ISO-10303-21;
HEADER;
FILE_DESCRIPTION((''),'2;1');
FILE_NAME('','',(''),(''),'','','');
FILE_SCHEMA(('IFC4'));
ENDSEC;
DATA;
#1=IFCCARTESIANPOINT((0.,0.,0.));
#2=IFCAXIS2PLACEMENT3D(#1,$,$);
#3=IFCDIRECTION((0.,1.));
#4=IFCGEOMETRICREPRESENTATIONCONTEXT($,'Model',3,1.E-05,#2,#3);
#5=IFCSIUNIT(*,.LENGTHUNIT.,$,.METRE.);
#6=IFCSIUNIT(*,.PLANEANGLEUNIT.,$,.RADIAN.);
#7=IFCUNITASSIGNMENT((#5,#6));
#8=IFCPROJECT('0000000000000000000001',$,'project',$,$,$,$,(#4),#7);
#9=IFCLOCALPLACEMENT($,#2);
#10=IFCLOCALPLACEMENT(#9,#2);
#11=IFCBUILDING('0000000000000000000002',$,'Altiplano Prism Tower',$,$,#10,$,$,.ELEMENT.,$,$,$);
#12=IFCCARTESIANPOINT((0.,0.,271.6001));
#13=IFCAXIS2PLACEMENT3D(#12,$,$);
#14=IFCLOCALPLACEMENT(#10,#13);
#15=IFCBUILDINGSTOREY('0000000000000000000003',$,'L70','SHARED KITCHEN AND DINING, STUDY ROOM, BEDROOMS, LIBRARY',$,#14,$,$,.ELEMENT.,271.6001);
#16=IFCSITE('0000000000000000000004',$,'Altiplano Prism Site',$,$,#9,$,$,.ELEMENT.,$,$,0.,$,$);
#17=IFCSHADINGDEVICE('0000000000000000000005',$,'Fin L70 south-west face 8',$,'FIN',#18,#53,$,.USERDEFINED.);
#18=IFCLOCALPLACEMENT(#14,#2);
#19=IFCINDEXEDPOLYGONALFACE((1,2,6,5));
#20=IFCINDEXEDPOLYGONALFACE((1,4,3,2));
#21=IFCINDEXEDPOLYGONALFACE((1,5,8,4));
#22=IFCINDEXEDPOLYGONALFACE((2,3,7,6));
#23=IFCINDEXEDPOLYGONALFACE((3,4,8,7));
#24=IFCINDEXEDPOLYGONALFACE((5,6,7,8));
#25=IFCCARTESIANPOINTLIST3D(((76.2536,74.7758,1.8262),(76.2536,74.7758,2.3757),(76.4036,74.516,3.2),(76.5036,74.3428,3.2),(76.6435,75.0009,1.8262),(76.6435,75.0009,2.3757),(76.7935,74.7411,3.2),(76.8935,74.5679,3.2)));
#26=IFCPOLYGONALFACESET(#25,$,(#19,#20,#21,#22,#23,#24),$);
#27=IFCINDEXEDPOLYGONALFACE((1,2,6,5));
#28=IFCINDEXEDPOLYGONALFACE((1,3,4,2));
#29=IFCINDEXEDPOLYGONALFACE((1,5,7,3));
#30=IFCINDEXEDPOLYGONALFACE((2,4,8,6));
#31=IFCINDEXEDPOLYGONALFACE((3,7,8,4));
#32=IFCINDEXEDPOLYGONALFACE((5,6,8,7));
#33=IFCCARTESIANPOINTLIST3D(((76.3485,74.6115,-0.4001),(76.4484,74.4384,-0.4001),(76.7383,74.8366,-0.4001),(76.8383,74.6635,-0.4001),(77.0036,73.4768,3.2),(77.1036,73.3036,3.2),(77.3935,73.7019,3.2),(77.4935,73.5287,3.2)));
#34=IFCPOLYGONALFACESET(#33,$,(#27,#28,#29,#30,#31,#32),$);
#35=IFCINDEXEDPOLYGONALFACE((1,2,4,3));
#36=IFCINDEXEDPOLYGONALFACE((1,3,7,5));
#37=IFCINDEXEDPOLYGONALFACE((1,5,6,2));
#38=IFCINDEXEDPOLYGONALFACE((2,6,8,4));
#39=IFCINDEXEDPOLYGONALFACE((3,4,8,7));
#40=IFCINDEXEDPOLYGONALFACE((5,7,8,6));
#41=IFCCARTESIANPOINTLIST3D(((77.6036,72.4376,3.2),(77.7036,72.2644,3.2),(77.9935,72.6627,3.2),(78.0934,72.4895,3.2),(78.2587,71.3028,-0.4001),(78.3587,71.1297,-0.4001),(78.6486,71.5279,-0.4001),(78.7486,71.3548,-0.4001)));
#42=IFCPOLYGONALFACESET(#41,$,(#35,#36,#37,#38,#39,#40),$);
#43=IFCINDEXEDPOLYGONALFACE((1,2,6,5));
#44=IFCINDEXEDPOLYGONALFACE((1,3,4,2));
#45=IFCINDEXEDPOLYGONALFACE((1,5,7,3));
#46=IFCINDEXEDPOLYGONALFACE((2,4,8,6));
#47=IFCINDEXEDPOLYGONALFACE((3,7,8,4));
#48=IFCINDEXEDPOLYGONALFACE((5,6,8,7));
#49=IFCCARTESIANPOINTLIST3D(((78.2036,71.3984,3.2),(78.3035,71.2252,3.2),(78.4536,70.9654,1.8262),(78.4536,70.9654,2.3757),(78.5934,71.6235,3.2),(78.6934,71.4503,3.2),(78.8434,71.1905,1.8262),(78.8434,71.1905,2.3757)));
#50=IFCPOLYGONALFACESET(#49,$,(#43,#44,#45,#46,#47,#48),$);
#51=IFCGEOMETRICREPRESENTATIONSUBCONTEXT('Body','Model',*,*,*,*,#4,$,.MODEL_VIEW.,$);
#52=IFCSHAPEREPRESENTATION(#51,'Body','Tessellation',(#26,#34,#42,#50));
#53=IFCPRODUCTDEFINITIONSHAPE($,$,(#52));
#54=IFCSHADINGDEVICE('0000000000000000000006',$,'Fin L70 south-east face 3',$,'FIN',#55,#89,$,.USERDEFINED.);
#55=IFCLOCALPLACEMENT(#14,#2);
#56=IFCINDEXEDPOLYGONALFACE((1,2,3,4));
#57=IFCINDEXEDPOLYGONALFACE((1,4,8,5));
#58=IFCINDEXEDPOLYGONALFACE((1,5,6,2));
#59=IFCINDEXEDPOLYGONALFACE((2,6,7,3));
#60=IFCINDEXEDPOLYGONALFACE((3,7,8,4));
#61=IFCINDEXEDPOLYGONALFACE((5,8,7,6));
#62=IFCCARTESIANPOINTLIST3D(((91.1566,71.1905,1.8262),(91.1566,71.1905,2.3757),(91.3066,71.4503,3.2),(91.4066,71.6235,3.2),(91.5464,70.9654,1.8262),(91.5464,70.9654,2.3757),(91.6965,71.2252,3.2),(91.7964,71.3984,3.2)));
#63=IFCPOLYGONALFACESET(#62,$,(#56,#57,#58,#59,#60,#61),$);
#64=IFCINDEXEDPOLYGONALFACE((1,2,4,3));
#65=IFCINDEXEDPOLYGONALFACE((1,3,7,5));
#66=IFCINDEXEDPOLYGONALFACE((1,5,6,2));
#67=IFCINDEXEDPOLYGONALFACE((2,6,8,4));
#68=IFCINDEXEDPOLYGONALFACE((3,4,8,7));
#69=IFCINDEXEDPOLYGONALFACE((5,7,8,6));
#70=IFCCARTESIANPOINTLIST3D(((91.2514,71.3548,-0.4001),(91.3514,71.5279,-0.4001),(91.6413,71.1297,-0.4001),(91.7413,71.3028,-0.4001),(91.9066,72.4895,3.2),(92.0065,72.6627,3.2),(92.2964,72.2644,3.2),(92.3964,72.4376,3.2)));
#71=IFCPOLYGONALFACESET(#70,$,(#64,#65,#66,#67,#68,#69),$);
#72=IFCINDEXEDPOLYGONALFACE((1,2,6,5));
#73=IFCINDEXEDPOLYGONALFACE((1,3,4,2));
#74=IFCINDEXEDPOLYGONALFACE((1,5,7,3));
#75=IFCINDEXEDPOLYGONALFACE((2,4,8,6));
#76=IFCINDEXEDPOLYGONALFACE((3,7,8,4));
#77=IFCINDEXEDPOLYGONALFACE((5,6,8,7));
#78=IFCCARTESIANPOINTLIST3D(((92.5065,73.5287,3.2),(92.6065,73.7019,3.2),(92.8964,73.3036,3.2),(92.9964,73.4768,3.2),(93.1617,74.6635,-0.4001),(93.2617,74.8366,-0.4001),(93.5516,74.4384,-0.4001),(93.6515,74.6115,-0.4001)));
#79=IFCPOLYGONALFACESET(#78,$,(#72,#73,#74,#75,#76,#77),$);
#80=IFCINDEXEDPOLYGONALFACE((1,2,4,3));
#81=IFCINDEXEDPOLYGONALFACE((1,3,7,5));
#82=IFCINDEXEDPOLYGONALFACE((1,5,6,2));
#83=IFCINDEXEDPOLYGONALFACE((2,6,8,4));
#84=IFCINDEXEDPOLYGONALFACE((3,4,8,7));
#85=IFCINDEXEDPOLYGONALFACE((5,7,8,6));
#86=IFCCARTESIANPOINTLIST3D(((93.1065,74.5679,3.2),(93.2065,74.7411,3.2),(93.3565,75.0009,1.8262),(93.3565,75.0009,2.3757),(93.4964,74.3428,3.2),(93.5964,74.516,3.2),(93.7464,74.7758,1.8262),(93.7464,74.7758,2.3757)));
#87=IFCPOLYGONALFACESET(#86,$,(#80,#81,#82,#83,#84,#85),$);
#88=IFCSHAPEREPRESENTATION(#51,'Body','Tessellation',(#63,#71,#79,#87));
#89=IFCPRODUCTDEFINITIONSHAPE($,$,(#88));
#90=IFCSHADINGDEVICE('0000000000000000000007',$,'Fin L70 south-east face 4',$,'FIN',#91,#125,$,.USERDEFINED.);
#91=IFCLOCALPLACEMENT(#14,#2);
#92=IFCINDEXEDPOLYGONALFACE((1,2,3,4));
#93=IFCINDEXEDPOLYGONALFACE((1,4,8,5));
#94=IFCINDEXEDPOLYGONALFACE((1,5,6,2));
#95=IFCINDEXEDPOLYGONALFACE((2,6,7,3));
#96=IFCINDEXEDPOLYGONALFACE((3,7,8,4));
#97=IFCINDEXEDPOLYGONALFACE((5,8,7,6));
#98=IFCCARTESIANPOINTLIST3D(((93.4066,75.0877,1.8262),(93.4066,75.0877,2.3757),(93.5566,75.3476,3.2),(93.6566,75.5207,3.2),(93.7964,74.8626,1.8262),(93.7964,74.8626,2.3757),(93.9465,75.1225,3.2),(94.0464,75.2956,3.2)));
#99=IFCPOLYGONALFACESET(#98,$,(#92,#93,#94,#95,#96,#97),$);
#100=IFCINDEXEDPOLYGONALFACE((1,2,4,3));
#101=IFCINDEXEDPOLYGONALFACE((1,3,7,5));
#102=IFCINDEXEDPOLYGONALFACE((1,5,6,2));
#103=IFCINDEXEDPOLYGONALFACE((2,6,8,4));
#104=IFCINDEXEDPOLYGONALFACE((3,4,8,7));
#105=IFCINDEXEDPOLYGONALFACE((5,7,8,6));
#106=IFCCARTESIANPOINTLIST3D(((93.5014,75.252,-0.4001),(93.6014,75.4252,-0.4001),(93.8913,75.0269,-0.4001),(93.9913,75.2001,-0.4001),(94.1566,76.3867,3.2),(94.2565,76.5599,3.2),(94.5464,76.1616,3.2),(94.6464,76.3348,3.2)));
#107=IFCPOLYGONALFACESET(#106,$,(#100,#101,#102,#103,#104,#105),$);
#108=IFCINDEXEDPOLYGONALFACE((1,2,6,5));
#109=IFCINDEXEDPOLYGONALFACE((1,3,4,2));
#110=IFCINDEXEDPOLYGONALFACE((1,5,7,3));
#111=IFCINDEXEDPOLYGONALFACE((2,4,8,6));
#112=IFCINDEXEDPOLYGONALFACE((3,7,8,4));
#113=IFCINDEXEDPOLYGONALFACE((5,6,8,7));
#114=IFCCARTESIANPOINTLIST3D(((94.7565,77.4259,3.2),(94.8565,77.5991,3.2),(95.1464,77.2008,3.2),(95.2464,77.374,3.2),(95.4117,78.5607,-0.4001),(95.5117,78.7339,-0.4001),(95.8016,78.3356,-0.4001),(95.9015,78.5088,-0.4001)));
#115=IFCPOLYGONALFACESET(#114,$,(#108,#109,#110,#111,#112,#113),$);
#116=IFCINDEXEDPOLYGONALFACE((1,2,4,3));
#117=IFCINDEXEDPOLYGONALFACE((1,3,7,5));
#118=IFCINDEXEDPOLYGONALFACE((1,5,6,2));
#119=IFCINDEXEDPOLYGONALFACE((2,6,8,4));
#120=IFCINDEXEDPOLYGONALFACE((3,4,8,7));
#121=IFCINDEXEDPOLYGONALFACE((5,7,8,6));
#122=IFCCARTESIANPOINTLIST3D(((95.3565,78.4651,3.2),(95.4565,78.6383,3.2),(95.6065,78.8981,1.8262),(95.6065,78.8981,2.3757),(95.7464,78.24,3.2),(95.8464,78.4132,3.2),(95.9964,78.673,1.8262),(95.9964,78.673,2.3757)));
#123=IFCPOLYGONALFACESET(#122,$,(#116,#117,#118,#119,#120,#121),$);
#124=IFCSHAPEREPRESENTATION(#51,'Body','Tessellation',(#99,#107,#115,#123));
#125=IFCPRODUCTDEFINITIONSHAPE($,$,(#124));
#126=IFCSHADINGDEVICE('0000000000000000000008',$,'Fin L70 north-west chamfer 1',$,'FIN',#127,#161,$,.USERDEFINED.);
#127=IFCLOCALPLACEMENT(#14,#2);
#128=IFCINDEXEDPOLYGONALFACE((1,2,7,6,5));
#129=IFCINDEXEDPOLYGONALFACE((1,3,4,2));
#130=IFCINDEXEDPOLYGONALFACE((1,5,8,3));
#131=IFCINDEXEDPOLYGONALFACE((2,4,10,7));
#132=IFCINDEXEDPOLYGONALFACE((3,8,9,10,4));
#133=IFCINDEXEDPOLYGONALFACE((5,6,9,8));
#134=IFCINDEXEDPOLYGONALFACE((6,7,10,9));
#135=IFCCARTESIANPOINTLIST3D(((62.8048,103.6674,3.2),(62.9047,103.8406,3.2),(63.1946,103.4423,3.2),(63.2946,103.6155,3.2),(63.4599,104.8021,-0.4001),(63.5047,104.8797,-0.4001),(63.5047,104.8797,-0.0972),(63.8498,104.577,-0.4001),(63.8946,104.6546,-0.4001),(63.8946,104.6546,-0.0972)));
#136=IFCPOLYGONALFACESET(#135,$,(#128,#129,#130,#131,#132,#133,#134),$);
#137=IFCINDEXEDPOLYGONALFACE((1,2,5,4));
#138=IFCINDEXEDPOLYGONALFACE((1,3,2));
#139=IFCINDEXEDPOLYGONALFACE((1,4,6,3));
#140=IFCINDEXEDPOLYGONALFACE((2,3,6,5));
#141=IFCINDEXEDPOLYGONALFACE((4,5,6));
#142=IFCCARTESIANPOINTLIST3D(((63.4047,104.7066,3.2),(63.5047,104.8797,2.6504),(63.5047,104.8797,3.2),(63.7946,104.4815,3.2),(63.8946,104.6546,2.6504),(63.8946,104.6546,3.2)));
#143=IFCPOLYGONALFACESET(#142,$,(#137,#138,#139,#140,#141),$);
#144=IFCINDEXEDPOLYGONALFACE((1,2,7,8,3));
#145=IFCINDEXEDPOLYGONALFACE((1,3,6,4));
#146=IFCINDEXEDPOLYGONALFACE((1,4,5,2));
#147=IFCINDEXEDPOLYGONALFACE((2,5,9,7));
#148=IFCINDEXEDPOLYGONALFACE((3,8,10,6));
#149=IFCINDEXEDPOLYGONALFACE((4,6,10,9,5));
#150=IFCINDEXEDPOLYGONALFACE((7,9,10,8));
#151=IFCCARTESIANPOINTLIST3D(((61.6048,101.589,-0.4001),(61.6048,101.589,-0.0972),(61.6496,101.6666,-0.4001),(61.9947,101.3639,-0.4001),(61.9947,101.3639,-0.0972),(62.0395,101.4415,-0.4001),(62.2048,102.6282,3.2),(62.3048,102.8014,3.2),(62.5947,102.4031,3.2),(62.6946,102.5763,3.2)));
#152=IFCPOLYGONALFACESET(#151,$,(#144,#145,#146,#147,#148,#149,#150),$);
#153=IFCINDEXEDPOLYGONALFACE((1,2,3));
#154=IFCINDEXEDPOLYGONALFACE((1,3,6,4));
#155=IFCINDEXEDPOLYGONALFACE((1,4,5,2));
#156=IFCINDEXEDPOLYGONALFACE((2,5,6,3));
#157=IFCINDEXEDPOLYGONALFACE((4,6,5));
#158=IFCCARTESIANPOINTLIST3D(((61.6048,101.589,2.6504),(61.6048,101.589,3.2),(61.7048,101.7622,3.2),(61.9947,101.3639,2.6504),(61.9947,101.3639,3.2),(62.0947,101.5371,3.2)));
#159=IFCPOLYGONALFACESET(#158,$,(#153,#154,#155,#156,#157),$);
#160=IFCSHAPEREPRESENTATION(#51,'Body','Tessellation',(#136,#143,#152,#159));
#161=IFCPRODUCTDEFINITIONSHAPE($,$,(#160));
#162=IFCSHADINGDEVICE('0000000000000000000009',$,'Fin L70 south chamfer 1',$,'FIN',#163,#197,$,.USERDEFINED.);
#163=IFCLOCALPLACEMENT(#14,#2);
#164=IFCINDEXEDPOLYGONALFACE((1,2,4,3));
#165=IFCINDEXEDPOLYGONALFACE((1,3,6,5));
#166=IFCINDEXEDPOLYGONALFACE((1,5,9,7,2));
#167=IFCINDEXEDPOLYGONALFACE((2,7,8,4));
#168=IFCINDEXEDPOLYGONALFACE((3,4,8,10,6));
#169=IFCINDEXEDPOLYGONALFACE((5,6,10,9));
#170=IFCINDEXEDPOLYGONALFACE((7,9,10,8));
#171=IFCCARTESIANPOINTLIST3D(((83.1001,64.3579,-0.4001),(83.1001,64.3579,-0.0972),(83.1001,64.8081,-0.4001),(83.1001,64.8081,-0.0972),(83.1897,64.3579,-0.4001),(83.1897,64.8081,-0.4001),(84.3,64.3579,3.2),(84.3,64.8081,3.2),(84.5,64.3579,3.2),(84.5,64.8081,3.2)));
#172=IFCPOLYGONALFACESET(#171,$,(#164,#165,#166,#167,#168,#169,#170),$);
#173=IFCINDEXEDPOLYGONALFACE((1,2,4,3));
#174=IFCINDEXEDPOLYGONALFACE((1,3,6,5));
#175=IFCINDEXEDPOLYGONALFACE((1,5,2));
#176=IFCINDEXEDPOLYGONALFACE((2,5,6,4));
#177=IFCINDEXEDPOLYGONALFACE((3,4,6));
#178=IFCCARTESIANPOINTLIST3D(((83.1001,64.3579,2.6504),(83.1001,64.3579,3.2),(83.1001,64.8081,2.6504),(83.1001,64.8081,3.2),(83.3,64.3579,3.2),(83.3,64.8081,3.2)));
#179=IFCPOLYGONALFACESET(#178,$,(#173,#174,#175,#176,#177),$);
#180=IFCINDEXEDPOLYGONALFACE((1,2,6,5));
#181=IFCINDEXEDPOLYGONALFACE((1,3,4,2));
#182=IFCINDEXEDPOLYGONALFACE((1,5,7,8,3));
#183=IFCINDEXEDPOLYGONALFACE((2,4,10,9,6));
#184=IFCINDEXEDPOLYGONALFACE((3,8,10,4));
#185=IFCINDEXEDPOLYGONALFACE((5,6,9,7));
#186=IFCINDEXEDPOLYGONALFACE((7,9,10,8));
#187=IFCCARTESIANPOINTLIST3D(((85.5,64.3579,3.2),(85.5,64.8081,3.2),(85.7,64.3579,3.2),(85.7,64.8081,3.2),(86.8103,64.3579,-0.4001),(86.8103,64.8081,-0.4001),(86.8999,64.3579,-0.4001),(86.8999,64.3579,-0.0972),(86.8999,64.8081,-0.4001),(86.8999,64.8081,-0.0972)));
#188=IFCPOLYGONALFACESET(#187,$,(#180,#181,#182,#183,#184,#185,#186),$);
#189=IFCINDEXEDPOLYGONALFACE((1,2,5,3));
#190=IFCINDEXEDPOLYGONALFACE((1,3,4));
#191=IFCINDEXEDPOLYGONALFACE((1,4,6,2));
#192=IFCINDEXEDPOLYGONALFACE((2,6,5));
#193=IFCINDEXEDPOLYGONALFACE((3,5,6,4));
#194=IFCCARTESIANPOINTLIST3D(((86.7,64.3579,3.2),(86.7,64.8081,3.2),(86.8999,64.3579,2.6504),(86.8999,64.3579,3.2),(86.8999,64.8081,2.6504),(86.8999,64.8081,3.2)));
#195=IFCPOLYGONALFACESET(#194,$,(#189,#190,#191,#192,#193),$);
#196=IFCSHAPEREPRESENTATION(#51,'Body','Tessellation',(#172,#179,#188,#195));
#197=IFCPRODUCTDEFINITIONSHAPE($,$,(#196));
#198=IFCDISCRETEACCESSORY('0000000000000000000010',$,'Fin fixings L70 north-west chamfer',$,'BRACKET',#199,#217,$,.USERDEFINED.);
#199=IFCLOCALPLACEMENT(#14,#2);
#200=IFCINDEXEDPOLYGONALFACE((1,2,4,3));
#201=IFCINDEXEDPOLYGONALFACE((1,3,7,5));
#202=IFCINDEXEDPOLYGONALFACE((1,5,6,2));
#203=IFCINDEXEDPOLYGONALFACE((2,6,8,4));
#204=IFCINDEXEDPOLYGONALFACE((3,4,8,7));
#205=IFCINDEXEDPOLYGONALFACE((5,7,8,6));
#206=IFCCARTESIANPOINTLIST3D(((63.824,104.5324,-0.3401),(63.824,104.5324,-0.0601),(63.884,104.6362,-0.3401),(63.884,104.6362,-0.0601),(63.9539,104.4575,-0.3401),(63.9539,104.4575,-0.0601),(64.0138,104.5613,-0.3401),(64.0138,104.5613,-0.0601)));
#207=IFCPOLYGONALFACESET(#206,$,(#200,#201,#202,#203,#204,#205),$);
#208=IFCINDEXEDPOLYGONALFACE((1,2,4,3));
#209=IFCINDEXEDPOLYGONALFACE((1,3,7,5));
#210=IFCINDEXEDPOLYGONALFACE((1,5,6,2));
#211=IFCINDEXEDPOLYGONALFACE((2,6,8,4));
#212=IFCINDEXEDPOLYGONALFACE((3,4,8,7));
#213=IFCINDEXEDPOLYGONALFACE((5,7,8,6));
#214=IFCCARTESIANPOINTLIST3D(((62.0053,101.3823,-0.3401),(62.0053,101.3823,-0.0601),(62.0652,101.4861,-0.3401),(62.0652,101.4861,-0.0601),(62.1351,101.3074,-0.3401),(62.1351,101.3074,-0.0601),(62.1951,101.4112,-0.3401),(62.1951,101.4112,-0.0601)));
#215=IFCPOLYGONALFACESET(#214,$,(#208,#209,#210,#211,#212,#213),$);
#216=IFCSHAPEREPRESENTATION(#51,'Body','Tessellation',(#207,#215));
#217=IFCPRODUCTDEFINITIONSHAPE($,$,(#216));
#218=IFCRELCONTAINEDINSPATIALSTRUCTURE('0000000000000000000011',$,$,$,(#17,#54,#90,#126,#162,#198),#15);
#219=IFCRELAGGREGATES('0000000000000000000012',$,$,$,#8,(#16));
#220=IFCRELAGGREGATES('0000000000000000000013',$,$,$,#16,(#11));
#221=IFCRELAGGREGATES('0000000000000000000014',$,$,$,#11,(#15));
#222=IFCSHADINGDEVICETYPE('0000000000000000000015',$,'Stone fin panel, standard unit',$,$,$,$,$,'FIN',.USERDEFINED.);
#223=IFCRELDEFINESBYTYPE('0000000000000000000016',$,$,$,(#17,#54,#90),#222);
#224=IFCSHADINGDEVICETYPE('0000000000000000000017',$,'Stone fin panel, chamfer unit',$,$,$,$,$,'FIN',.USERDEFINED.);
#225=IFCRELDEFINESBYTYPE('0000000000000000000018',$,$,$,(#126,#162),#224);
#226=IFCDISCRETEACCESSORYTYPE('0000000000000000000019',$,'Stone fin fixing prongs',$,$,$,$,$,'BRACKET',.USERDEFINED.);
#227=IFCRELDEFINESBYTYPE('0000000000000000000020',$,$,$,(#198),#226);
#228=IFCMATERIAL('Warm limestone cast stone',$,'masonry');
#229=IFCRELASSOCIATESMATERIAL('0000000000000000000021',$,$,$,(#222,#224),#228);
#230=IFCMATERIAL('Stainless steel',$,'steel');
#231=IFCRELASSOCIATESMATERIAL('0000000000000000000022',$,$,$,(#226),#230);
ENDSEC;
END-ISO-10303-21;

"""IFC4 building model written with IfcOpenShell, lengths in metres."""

from ifc_helpers import new_model, si_unit, direction, frame, origin, place, context, subcontext, project, spatial, polyline, outline, extrude, source, transform, mapped, material, type_object, element, save


model = new_model("IFC4")

# Units and contexts
model_context = context("Model", 3, precision=1e-05, world=origin(), true_north=direction((0.0, 1.0)))
body_context = subcontext(model_context, "Body", "Model", "MODEL_VIEW")
ifc_project = project(units=[si_unit("LENGTHUNIT", "METRE"), si_unit("PLANEANGLEUNIT", "RADIAN")], contexts=[model_context])

# Site, building, storey
site_placement = place(None, origin())
site = spatial("IfcSite", under=ifc_project, at=site_placement, Name="Altiplano Prism Site", CompositionType="ELEMENT", RefElevation=0.0)
building_placement = place(site_placement, origin())
building = spatial("IfcBuilding", under=site, at=building_placement, Name="Altiplano Prism Tower", CompositionType="ELEMENT")
storey_placement = place(building_placement, frame((0.0, 0.0, 271.6001)))
storey = spatial("IfcBuildingStorey", under=building, at=storey_placement, Name="L70", Description="SHARED KITCHEN AND DINING, STUDY ROOM, BEDROOMS, LIBRARY", CompositionType="ELEMENT", Elevation=271.6001)

# Shading devices
ifc_material_1 = material(Name="Warm limestone cast stone", Category="masonry")
shading_device_type_1 = type_object("IfcShadingDeviceType", Name="Stone fin panel, standard unit", ElementType="FIN", PredefinedType="USERDEFINED", material=ifc_material_1)
shared_shape_1 = source(origin(), body_context, "Body", "SweptSolid", [
    extrude(outline(polyline([(-2.2, 2.2263), (-1.7, 3.6001), (-1.8999, 3.6001), (-2.2, 2.7759), (-2.2, 2.2263)])), frame((0.0, -0.1499, 0.0), z_axis=(0.0, -1.0, 0.0), x_axis=(1.0, 0.0, 0.0)), (0.0, 0.0, 1.0), 0.4502),
    extrude(outline(polyline([(-2.0103, 0.0), (-1.8103, 0.0), (-0.5, 3.6001), (-0.7, 3.6001), (-2.0103, 0.0)])), frame((0.0, -0.1499, 0.0), z_axis=(0.0, -1.0, 0.0), x_axis=(1.0, 0.0, 0.0)), (0.0, 0.0, 1.0), 0.4502),
    extrude(outline(polyline([(1.8103, 0.0), (2.0103, 0.0), (0.7, 3.6001), (0.5, 3.6001), (1.8103, 0.0)])), frame((0.0, -0.1499, 0.0), z_axis=(0.0, -1.0, 0.0), x_axis=(1.0, 0.0, 0.0)), (0.0, 0.0, 1.0), 0.4502),
    extrude(outline(polyline([(2.2, 2.7759), (1.8999, 3.6001), (1.7, 3.6001), (2.2, 2.2263), (2.2, 2.7759)])), frame((0.0, -0.1499, 0.0), z_axis=(0.0, -1.0, 0.0), x_axis=(1.0, 0.0, 0.0)), (0.0, 0.0, 1.0), 0.4502),
])
shading_device_1_placement = place(storey_placement, origin())
element("IfcShadingDevice", 1, at=shading_device_1_placement, inside=storey, type_object=shading_device_type_1, Name="Fin L70 south-west face 8", ObjectType="FIN", PredefinedType="USERDEFINED", context=body_context, shape_type="MappedRepresentation", body=[
    mapped(shared_shape_1, transform((77.8733, 73.1707, -0.4001), x_axis=(0.5, -0.866025, 0.0), y_axis=(0.866025, 0.5, 0.0), z_axis=(0.0, 0.0, 1.0))),
])
shading_device_2_placement = place(storey_placement, origin())
element("IfcShadingDevice", 2, at=shading_device_2_placement, inside=storey, type_object=shading_device_type_1, Name="Fin L70 south-east face 3", ObjectType="FIN", PredefinedType="USERDEFINED", context=body_context, shape_type="MappedRepresentation", body=[
    mapped(shared_shape_1, transform((92.1267, 73.1707, -0.4001), x_axis=(0.5, 0.866025, 0.0), y_axis=(-0.866025, 0.5, 0.0), z_axis=(0.0, 0.0, 1.0))),
])
shading_device_3_placement = place(storey_placement, origin())
element("IfcShadingDevice", 3, at=shading_device_3_placement, inside=storey, type_object=shading_device_type_1, Name="Fin L70 south-east face 4", ObjectType="FIN", PredefinedType="USERDEFINED", context=body_context, shape_type="MappedRepresentation", body=[
    mapped(shared_shape_1, transform((94.3767, 77.0679, -0.4001), x_axis=(0.5, 0.866025, 0.0), y_axis=(-0.866025, 0.5, 0.0), z_axis=(0.0, 0.0, 1.0))),
])
shading_device_type_2 = type_object("IfcShadingDeviceType", Name="Stone fin panel, chamfer unit", ElementType="FIN", PredefinedType="USERDEFINED", material=ifc_material_1)
shared_shape_2 = source(origin(), body_context, "Body", "SweptSolid", [
    extrude(outline(polyline([(-1.8999, 0.0), (-1.8103, 0.0), (-0.5, 3.6001), (-0.7, 3.6001), (-1.8999, 0.303), (-1.8999, 0.0)])), frame((0.0, -0.1499, 0.0), z_axis=(0.0, -1.0, 0.0), x_axis=(1.0, 0.0, 0.0)), (0.0, 0.0, 1.0), 0.4502),
    extrude(outline(polyline([(-1.8999, 3.0505), (-1.7, 3.6001), (-1.8999, 3.6001), (-1.8999, 3.0505)])), frame((0.0, -0.1499, 0.0), z_axis=(0.0, -1.0, 0.0), x_axis=(1.0, 0.0, 0.0)), (0.0, 0.0, 1.0), 0.4502),
    extrude(outline(polyline([(1.8103, 0.0), (1.8999, 0.0), (1.8999, 0.303), (0.7, 3.6001), (0.5, 3.6001), (1.8103, 0.0)])), frame((0.0, -0.1499, 0.0), z_axis=(0.0, -1.0, 0.0), x_axis=(1.0, 0.0, 0.0)), (0.0, 0.0, 1.0), 0.4502),
    extrude(outline(polyline([(1.8999, 3.6001), (1.7, 3.6001), (1.8999, 3.0505), (1.8999, 3.6001)])), frame((0.0, -0.1499, 0.0), z_axis=(0.0, -1.0, 0.0), x_axis=(1.0, 0.0, 0.0)), (0.0, 0.0, 1.0), 0.4502),
])
shading_device_4_placement = place(storey_placement, origin())
element("IfcShadingDevice", 4, at=shading_device_4_placement, inside=storey, type_object=shading_device_type_2, Name="Fin L70 north-west chamfer 1", ObjectType="FIN", PredefinedType="USERDEFINED", context=body_context, shape_type="MappedRepresentation", body=[
    mapped(shared_shape_2, transform((63.0745, 102.9343, -0.4001), x_axis=(-0.5, -0.866025, 0.0), y_axis=(0.866025, -0.5, 0.0), z_axis=(0.0, 0.0, 1.0))),
])
shading_device_5_placement = place(storey_placement, origin())
element("IfcShadingDevice", 5, at=shading_device_5_placement, inside=storey, type_object=shading_device_type_2, Name="Fin L70 south chamfer 1", ObjectType="FIN", PredefinedType="USERDEFINED", context=body_context, shape_type="MappedRepresentation", body=[
    mapped(shared_shape_2, transform((85.0, 64.958, -0.4001), x_axis=(1.0, 0.0, 0.0), y_axis=(0.0, 1.0, 0.0), z_axis=(0.0, 0.0, 1.0))),
])

# Discrete accessory
ifc_material_2 = material(Name="Stainless steel", Category="steel")
discrete_accessory_type = type_object("IfcDiscreteAccessoryType", Name="Stone fin fixing prongs", ElementType="BRACKET", PredefinedType="USERDEFINED", material=ifc_material_2)
shared_shape_3 = source(origin(), body_context, "Body", "SweptSolid", [
    extrude(outline(polyline([(-1.8787, 0.0601), (-1.7588, 0.0601), (-1.7588, 0.3401), (-1.8787, 0.3401), (-1.8787, 0.0601)])), frame((0.0, 0.0, 0.0), z_axis=(0.0, -1.0, 0.0), x_axis=(1.0, 0.0, 0.0)), (0.0, 0.0, 1.0), 0.1499),
    extrude(outline(polyline([(1.7588, 0.0601), (1.8787, 0.0601), (1.8787, 0.3401), (1.7588, 0.3401), (1.7588, 0.0601)])), frame((0.0, 0.0, 0.0), z_axis=(0.0, -1.0, 0.0), x_axis=(1.0, 0.0, 0.0)), (0.0, 0.0, 1.0), 0.1499),
])
discrete_accessory_1_placement = place(storey_placement, origin())
element("IfcDiscreteAccessory", 6, at=discrete_accessory_1_placement, inside=storey, type_object=discrete_accessory_type, Name="Fin fixings L70 north-west chamfer", ObjectType="BRACKET", PredefinedType="USERDEFINED", context=body_context, shape_type="MappedRepresentation", body=[
    mapped(shared_shape_3, transform((63.0745, 102.9343, -0.4001), x_axis=(-0.5, -0.866025, 0.0), y_axis=(0.866025, -0.5, 0.0), z_axis=(0.0, 0.0, 1.0))),
])

save(model, "model.ifc")
